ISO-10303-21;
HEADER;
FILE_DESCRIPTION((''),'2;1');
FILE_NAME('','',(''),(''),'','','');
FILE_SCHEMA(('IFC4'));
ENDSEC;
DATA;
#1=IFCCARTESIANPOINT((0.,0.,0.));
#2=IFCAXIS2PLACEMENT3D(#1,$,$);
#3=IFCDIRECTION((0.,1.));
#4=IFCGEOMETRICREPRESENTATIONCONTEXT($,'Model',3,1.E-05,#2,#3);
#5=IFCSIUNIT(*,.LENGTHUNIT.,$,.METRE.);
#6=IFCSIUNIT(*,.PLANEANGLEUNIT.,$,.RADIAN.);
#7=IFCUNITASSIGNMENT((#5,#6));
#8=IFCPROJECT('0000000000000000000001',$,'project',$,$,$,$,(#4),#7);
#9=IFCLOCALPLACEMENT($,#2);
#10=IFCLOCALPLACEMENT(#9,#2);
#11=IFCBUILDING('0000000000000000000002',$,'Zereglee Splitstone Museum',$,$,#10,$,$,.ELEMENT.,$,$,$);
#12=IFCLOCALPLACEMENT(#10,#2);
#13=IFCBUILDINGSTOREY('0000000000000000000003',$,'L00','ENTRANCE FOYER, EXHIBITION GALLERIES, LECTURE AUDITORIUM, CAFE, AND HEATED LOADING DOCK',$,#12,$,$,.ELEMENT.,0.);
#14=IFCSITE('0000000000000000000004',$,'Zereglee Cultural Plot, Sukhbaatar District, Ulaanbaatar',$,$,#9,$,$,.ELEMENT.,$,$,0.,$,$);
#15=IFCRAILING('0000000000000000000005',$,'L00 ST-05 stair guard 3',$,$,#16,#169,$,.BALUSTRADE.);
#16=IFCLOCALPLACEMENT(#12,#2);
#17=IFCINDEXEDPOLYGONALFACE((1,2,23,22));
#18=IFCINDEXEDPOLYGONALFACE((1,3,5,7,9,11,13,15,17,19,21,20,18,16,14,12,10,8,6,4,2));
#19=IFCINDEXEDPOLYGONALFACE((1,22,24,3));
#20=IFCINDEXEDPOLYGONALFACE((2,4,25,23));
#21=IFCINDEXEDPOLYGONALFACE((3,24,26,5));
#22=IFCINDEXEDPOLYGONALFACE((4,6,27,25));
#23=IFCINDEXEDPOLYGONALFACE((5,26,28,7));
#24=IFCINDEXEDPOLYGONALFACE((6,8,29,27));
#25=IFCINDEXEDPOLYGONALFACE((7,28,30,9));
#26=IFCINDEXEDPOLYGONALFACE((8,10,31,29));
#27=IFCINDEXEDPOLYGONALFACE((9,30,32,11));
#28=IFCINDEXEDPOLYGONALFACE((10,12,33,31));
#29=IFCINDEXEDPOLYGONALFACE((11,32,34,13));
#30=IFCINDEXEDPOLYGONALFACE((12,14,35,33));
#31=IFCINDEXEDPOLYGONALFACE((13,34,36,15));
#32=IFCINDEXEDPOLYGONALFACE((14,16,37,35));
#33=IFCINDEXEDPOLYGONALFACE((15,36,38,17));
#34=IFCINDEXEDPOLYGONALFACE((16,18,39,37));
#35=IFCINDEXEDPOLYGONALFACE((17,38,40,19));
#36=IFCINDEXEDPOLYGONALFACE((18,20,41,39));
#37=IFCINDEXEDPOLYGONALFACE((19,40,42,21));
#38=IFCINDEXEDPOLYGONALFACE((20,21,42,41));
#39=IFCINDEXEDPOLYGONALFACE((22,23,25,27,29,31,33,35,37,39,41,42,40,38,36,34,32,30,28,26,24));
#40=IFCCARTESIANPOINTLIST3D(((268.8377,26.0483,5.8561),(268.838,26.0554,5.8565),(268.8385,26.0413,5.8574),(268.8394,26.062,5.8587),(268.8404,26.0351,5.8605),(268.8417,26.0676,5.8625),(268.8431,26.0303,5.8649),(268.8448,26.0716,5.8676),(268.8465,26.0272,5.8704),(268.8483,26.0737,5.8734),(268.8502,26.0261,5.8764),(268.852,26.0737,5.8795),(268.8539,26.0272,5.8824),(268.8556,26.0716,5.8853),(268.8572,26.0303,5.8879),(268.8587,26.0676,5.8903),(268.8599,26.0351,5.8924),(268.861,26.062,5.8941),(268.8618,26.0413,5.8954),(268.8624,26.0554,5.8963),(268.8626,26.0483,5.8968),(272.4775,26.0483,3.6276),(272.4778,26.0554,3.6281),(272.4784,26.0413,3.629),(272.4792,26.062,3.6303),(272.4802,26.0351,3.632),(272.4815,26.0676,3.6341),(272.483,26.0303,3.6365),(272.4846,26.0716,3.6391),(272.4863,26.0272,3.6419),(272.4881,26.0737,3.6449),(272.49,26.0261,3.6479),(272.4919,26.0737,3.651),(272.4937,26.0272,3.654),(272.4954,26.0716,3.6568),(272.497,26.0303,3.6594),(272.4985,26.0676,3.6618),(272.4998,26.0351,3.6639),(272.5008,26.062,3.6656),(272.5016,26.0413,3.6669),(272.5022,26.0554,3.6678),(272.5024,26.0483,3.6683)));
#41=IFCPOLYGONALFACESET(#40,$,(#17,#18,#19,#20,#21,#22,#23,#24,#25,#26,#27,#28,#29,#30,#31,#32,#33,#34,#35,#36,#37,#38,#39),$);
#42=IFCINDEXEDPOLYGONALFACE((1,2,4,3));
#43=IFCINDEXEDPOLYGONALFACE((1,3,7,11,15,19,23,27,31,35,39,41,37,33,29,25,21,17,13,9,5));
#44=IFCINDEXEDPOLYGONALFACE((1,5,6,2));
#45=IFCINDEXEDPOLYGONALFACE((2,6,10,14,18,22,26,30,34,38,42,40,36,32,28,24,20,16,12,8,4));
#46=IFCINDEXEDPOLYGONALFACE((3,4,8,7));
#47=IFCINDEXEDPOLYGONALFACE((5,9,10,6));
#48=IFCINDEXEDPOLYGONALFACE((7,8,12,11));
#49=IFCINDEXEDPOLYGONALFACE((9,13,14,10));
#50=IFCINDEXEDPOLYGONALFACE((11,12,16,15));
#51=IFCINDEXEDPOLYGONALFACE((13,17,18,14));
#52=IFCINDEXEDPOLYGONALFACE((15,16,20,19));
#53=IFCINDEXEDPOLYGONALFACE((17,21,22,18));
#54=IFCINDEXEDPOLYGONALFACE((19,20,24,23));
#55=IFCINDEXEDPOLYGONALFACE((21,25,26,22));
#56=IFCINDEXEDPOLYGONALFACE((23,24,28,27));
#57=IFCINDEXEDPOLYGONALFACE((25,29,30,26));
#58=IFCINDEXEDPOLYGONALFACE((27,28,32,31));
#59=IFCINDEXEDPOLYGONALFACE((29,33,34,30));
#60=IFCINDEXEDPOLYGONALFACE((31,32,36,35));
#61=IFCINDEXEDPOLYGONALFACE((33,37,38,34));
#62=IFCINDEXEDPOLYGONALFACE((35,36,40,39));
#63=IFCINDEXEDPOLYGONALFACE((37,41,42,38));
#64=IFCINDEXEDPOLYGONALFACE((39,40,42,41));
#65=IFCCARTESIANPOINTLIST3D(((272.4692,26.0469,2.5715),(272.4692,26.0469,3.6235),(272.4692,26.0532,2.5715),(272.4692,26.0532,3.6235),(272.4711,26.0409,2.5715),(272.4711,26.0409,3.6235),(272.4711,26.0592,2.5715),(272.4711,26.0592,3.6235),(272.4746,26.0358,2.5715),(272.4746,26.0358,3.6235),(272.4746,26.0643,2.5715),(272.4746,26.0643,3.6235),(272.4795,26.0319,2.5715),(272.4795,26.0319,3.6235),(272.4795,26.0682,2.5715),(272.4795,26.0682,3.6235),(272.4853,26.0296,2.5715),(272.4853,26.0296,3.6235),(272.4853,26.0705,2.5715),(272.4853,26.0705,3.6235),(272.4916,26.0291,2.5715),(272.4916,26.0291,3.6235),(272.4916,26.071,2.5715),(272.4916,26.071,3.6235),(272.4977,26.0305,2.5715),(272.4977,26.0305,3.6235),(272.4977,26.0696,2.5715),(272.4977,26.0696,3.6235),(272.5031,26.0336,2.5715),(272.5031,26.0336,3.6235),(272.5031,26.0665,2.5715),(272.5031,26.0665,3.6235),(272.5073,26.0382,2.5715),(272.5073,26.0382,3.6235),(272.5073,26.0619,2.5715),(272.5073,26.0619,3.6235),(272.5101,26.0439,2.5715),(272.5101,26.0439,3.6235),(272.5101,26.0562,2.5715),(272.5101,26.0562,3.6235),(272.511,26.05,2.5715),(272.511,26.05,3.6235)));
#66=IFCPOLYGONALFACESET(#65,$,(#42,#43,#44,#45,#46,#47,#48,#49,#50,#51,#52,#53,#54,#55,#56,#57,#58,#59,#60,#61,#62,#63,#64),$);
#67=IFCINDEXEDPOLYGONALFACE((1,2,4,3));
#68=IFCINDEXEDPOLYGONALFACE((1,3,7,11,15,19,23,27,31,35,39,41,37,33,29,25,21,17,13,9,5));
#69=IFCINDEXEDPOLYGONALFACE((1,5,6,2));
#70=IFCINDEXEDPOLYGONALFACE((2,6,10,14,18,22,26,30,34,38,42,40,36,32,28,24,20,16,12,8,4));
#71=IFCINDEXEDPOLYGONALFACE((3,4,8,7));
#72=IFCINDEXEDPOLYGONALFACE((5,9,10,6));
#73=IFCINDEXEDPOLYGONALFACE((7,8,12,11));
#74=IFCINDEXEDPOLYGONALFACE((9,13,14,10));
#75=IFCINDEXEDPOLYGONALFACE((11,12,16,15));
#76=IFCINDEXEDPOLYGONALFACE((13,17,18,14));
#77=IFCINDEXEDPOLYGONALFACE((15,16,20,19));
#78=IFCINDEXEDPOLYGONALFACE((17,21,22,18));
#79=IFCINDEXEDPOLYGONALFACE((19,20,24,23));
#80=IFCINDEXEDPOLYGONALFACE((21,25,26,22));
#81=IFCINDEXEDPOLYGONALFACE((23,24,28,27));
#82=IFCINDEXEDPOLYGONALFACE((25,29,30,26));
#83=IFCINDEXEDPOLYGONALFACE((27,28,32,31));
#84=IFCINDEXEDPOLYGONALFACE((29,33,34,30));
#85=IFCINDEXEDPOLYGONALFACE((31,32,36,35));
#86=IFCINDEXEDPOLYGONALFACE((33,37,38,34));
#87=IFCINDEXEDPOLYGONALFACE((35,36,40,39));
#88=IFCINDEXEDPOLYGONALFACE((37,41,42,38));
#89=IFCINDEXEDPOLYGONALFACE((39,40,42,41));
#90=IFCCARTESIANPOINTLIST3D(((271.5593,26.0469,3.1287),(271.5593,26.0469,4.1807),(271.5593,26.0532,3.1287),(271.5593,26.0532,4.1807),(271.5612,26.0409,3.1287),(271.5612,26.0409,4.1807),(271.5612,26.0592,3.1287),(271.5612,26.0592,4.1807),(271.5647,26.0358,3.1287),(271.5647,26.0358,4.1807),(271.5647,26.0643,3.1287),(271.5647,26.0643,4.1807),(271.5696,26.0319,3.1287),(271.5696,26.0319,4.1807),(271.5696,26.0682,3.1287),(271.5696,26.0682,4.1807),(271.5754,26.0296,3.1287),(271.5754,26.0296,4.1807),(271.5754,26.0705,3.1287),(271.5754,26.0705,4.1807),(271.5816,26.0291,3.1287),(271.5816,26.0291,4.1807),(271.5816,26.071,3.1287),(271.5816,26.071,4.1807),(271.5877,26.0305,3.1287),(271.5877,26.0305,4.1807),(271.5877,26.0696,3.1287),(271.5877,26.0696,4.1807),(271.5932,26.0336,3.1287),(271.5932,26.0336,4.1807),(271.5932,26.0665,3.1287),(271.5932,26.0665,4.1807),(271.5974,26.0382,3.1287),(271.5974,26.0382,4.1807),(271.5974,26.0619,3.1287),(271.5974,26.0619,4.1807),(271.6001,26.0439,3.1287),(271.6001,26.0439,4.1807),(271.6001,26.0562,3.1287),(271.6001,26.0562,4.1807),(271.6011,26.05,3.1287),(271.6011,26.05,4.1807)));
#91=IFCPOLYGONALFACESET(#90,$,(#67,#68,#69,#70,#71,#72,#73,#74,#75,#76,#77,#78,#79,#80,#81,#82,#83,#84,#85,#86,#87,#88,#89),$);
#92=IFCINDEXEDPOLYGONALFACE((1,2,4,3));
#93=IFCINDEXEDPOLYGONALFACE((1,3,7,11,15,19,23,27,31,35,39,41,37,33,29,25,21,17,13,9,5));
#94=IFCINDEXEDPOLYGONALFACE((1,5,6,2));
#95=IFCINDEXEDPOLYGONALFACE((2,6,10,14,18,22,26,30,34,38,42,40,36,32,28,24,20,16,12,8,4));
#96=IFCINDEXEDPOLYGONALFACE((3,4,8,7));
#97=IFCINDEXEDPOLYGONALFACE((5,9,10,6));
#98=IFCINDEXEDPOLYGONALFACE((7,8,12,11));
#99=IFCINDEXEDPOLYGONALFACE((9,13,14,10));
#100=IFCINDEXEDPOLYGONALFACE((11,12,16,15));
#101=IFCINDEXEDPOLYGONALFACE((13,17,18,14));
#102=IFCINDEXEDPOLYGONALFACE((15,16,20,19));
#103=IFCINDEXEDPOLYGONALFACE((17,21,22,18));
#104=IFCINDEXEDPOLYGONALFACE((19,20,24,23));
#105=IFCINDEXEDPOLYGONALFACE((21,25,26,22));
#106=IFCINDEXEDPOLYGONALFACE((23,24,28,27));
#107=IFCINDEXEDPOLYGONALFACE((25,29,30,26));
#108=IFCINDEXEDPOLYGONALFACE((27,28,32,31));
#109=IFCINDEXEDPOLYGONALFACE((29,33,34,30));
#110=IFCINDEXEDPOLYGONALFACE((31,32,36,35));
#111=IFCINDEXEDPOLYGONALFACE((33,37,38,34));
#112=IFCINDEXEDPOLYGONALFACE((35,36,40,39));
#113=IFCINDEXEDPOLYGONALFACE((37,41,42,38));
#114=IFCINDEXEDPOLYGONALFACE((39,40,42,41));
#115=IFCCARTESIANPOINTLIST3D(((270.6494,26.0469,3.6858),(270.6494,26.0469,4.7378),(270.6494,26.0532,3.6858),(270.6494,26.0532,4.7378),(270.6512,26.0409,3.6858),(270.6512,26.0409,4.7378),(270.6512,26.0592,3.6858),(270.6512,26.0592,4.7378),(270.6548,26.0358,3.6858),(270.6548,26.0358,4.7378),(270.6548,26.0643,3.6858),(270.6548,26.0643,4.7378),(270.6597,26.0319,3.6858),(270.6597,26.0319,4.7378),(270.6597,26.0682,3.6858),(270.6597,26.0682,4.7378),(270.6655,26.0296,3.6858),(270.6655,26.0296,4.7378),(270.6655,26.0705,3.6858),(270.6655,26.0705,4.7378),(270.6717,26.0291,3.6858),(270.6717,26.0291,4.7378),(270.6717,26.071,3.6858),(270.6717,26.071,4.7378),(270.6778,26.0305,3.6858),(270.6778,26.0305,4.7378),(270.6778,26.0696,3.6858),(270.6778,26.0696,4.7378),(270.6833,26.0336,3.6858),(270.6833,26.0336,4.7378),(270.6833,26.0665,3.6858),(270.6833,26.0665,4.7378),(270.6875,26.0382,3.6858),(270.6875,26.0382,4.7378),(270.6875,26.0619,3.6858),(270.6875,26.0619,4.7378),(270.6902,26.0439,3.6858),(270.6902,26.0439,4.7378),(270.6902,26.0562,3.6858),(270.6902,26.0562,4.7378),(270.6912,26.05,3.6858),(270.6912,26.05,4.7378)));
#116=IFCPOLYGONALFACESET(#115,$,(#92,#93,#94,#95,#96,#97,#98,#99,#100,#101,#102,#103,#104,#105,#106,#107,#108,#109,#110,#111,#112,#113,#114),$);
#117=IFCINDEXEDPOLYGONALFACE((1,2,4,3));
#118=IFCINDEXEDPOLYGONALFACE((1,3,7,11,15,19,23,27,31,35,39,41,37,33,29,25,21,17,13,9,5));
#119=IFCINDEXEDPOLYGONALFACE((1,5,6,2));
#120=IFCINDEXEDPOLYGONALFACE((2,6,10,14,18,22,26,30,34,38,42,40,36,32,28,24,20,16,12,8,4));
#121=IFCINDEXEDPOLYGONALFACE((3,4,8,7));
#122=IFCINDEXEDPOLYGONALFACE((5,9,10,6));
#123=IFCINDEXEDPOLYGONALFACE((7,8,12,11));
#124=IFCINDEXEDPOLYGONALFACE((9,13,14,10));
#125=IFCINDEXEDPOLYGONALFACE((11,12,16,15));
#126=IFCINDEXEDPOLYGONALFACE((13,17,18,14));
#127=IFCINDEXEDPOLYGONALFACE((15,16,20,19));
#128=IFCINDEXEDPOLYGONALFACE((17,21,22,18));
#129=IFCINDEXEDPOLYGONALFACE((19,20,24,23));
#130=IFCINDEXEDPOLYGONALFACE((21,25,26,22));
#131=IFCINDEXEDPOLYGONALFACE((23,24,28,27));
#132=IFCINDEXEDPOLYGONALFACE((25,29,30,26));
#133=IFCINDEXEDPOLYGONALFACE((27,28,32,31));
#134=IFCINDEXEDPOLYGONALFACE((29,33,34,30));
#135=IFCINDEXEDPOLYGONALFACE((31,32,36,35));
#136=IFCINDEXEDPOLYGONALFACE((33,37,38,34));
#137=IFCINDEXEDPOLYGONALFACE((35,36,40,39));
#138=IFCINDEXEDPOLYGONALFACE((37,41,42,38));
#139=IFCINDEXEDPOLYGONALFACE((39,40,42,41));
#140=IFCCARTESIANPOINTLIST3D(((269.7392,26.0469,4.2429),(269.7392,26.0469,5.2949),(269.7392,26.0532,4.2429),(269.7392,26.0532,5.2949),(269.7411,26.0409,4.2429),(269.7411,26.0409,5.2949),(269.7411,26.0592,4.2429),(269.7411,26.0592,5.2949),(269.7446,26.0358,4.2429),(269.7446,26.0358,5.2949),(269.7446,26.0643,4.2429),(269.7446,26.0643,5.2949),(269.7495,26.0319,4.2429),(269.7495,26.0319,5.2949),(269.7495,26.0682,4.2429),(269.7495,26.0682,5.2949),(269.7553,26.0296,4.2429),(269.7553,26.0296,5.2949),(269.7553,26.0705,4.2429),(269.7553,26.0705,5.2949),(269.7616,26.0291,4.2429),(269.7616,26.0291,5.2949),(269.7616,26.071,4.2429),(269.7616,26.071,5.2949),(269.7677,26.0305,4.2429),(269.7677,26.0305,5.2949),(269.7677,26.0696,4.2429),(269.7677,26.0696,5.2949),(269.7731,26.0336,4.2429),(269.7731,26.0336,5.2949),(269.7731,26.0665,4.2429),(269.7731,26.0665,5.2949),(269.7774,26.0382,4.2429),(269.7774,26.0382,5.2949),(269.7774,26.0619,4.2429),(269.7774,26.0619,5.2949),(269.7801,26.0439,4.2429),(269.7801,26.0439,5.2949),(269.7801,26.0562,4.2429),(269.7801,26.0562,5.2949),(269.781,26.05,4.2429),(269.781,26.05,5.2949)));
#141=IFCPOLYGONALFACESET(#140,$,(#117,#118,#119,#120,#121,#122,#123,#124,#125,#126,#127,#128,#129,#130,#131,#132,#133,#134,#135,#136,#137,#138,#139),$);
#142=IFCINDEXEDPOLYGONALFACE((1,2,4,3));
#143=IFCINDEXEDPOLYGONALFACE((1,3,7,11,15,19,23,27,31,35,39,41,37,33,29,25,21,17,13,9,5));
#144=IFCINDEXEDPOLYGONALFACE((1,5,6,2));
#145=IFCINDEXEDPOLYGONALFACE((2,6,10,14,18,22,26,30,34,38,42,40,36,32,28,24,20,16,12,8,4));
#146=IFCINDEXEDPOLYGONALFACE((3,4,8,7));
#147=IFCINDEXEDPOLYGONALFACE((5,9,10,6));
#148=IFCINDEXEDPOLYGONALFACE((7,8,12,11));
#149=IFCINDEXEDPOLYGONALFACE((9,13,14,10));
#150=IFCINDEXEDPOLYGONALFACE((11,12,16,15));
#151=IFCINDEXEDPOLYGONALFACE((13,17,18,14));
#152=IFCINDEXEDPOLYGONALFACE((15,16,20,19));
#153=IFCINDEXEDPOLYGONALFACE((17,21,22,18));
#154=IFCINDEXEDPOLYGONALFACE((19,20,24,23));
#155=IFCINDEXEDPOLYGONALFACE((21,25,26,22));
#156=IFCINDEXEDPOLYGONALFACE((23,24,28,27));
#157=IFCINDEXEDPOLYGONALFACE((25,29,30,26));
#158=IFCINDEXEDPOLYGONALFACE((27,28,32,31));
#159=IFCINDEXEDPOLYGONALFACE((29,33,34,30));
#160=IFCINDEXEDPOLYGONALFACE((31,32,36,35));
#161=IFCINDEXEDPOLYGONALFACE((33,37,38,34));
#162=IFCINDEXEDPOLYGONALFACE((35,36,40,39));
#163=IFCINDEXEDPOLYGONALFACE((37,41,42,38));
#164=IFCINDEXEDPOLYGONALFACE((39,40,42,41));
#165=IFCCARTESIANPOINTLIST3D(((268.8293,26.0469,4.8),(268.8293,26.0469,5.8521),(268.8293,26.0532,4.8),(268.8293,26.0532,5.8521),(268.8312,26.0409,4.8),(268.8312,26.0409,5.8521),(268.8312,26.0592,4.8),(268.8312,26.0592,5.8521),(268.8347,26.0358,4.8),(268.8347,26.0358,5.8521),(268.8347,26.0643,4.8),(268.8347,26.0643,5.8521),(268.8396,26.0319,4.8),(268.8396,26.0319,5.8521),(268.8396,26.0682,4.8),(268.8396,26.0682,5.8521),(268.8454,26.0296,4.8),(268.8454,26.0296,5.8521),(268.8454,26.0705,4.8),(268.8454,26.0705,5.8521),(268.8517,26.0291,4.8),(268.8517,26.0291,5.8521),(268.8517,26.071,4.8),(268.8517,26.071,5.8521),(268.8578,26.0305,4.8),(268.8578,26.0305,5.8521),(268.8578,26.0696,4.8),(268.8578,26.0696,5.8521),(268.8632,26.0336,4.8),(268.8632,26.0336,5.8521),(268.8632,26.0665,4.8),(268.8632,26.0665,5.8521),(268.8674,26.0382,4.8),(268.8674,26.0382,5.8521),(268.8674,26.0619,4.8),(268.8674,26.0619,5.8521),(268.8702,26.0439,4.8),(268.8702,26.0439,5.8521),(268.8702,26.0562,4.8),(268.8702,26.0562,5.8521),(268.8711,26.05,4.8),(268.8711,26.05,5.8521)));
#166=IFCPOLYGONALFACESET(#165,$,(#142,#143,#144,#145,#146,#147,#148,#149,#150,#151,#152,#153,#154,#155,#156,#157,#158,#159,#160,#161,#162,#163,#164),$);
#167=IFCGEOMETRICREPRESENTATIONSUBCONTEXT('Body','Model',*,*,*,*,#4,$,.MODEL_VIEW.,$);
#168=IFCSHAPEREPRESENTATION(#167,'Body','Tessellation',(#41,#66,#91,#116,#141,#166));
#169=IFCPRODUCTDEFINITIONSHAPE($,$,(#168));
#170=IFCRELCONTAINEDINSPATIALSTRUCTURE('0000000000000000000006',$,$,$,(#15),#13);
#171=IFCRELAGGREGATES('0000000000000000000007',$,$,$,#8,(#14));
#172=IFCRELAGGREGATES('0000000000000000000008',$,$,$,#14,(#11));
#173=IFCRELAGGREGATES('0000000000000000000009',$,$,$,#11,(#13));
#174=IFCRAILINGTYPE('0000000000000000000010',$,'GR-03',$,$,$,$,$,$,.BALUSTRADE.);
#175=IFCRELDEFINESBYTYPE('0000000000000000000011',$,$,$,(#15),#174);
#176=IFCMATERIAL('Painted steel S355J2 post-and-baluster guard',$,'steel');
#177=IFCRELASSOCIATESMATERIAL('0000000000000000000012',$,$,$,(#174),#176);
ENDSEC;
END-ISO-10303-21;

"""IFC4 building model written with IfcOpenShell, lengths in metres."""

from ifc_helpers import new_model, si_unit, direction, frame, origin, origin_2d, place, context, subcontext, project, spatial, circle, extrude, material, type_object, element, save


model = new_model("IFC4")

# Units and contexts
model_context = context("Model", 3, precision=1e-05, world=origin(), true_north=direction((0.0, 1.0)))
body_context = subcontext(model_context, "Body", "Model", "MODEL_VIEW")
ifc_project = project(units=[si_unit("LENGTHUNIT", "METRE"), si_unit("PLANEANGLEUNIT", "RADIAN")], contexts=[model_context])

# Site, building, storey
site_placement = place(None, origin())
site = spatial("IfcSite", under=ifc_project, at=site_placement, Name="Zereglee Cultural Plot, Sukhbaatar District, Ulaanbaatar", CompositionType="ELEMENT", RefElevation=0.0)
building_placement = place(site_placement, origin())
building = spatial("IfcBuilding", under=site, at=building_placement, Name="Zereglee Splitstone Museum", CompositionType="ELEMENT")
storey_placement = place(building_placement, origin())
storey = spatial("IfcBuildingStorey", under=building, at=storey_placement, Name="L00", Description="ENTRANCE FOYER, EXHIBITION GALLERIES, LECTURE AUDITORIUM, CAFE, AND HEATED LOADING DOCK", CompositionType="ELEMENT", Elevation=0.0)

# Railing
ifc_material_1 = material(Name="Painted steel S355J2 post-and-baluster guard", Category="steel")
railing_type_1 = type_object("IfcRailingType", Name="GR-03", PredefinedType="BALUSTRADE", material=ifc_material_1)
railing_1_placement = place(storey_placement, frame((272.49, 26.05, 2.5715)))
element("IfcRailing", 1, at=railing_1_placement, inside=storey, type_object=railing_type_1, Name="L00 ST-05 stair guard 3", PredefinedType="BALUSTRADE", context=body_context, shape_type="SweptSolid", body=[
    extrude(circle(Radius=0.0239, at=origin_2d()), frame((0.0, 0.0, 1.0764), z_axis=(-0.85285, 0.0, 0.522156), x_axis=(0.0, -1.0, 0.0)), (0.0, 0.0, 1.0), 4.2678),
    extrude(circle(Radius=0.021, at=origin_2d()), origin(), (0.0, 0.0, 1.0), 1.052),
    extrude(circle(Radius=0.021, at=origin_2d()), frame((-0.9099, 0.0, 0.5571)), (0.0, 0.0, 1.0), 1.052),
    extrude(circle(Radius=0.021, at=origin_2d()), frame((-1.8198, 0.0, 1.1143)), (0.0, 0.0, 1.0), 1.052),
    extrude(circle(Radius=0.021, at=origin_2d()), frame((-2.73, 0.0, 1.6714)), (0.0, 0.0, 1.0), 1.052),
    extrude(circle(Radius=0.021, at=origin_2d()), frame((-3.6399, 0.0, 2.2285)), (0.0, 0.0, 1.0), 1.052),
])

save(model, "model.ifc")
